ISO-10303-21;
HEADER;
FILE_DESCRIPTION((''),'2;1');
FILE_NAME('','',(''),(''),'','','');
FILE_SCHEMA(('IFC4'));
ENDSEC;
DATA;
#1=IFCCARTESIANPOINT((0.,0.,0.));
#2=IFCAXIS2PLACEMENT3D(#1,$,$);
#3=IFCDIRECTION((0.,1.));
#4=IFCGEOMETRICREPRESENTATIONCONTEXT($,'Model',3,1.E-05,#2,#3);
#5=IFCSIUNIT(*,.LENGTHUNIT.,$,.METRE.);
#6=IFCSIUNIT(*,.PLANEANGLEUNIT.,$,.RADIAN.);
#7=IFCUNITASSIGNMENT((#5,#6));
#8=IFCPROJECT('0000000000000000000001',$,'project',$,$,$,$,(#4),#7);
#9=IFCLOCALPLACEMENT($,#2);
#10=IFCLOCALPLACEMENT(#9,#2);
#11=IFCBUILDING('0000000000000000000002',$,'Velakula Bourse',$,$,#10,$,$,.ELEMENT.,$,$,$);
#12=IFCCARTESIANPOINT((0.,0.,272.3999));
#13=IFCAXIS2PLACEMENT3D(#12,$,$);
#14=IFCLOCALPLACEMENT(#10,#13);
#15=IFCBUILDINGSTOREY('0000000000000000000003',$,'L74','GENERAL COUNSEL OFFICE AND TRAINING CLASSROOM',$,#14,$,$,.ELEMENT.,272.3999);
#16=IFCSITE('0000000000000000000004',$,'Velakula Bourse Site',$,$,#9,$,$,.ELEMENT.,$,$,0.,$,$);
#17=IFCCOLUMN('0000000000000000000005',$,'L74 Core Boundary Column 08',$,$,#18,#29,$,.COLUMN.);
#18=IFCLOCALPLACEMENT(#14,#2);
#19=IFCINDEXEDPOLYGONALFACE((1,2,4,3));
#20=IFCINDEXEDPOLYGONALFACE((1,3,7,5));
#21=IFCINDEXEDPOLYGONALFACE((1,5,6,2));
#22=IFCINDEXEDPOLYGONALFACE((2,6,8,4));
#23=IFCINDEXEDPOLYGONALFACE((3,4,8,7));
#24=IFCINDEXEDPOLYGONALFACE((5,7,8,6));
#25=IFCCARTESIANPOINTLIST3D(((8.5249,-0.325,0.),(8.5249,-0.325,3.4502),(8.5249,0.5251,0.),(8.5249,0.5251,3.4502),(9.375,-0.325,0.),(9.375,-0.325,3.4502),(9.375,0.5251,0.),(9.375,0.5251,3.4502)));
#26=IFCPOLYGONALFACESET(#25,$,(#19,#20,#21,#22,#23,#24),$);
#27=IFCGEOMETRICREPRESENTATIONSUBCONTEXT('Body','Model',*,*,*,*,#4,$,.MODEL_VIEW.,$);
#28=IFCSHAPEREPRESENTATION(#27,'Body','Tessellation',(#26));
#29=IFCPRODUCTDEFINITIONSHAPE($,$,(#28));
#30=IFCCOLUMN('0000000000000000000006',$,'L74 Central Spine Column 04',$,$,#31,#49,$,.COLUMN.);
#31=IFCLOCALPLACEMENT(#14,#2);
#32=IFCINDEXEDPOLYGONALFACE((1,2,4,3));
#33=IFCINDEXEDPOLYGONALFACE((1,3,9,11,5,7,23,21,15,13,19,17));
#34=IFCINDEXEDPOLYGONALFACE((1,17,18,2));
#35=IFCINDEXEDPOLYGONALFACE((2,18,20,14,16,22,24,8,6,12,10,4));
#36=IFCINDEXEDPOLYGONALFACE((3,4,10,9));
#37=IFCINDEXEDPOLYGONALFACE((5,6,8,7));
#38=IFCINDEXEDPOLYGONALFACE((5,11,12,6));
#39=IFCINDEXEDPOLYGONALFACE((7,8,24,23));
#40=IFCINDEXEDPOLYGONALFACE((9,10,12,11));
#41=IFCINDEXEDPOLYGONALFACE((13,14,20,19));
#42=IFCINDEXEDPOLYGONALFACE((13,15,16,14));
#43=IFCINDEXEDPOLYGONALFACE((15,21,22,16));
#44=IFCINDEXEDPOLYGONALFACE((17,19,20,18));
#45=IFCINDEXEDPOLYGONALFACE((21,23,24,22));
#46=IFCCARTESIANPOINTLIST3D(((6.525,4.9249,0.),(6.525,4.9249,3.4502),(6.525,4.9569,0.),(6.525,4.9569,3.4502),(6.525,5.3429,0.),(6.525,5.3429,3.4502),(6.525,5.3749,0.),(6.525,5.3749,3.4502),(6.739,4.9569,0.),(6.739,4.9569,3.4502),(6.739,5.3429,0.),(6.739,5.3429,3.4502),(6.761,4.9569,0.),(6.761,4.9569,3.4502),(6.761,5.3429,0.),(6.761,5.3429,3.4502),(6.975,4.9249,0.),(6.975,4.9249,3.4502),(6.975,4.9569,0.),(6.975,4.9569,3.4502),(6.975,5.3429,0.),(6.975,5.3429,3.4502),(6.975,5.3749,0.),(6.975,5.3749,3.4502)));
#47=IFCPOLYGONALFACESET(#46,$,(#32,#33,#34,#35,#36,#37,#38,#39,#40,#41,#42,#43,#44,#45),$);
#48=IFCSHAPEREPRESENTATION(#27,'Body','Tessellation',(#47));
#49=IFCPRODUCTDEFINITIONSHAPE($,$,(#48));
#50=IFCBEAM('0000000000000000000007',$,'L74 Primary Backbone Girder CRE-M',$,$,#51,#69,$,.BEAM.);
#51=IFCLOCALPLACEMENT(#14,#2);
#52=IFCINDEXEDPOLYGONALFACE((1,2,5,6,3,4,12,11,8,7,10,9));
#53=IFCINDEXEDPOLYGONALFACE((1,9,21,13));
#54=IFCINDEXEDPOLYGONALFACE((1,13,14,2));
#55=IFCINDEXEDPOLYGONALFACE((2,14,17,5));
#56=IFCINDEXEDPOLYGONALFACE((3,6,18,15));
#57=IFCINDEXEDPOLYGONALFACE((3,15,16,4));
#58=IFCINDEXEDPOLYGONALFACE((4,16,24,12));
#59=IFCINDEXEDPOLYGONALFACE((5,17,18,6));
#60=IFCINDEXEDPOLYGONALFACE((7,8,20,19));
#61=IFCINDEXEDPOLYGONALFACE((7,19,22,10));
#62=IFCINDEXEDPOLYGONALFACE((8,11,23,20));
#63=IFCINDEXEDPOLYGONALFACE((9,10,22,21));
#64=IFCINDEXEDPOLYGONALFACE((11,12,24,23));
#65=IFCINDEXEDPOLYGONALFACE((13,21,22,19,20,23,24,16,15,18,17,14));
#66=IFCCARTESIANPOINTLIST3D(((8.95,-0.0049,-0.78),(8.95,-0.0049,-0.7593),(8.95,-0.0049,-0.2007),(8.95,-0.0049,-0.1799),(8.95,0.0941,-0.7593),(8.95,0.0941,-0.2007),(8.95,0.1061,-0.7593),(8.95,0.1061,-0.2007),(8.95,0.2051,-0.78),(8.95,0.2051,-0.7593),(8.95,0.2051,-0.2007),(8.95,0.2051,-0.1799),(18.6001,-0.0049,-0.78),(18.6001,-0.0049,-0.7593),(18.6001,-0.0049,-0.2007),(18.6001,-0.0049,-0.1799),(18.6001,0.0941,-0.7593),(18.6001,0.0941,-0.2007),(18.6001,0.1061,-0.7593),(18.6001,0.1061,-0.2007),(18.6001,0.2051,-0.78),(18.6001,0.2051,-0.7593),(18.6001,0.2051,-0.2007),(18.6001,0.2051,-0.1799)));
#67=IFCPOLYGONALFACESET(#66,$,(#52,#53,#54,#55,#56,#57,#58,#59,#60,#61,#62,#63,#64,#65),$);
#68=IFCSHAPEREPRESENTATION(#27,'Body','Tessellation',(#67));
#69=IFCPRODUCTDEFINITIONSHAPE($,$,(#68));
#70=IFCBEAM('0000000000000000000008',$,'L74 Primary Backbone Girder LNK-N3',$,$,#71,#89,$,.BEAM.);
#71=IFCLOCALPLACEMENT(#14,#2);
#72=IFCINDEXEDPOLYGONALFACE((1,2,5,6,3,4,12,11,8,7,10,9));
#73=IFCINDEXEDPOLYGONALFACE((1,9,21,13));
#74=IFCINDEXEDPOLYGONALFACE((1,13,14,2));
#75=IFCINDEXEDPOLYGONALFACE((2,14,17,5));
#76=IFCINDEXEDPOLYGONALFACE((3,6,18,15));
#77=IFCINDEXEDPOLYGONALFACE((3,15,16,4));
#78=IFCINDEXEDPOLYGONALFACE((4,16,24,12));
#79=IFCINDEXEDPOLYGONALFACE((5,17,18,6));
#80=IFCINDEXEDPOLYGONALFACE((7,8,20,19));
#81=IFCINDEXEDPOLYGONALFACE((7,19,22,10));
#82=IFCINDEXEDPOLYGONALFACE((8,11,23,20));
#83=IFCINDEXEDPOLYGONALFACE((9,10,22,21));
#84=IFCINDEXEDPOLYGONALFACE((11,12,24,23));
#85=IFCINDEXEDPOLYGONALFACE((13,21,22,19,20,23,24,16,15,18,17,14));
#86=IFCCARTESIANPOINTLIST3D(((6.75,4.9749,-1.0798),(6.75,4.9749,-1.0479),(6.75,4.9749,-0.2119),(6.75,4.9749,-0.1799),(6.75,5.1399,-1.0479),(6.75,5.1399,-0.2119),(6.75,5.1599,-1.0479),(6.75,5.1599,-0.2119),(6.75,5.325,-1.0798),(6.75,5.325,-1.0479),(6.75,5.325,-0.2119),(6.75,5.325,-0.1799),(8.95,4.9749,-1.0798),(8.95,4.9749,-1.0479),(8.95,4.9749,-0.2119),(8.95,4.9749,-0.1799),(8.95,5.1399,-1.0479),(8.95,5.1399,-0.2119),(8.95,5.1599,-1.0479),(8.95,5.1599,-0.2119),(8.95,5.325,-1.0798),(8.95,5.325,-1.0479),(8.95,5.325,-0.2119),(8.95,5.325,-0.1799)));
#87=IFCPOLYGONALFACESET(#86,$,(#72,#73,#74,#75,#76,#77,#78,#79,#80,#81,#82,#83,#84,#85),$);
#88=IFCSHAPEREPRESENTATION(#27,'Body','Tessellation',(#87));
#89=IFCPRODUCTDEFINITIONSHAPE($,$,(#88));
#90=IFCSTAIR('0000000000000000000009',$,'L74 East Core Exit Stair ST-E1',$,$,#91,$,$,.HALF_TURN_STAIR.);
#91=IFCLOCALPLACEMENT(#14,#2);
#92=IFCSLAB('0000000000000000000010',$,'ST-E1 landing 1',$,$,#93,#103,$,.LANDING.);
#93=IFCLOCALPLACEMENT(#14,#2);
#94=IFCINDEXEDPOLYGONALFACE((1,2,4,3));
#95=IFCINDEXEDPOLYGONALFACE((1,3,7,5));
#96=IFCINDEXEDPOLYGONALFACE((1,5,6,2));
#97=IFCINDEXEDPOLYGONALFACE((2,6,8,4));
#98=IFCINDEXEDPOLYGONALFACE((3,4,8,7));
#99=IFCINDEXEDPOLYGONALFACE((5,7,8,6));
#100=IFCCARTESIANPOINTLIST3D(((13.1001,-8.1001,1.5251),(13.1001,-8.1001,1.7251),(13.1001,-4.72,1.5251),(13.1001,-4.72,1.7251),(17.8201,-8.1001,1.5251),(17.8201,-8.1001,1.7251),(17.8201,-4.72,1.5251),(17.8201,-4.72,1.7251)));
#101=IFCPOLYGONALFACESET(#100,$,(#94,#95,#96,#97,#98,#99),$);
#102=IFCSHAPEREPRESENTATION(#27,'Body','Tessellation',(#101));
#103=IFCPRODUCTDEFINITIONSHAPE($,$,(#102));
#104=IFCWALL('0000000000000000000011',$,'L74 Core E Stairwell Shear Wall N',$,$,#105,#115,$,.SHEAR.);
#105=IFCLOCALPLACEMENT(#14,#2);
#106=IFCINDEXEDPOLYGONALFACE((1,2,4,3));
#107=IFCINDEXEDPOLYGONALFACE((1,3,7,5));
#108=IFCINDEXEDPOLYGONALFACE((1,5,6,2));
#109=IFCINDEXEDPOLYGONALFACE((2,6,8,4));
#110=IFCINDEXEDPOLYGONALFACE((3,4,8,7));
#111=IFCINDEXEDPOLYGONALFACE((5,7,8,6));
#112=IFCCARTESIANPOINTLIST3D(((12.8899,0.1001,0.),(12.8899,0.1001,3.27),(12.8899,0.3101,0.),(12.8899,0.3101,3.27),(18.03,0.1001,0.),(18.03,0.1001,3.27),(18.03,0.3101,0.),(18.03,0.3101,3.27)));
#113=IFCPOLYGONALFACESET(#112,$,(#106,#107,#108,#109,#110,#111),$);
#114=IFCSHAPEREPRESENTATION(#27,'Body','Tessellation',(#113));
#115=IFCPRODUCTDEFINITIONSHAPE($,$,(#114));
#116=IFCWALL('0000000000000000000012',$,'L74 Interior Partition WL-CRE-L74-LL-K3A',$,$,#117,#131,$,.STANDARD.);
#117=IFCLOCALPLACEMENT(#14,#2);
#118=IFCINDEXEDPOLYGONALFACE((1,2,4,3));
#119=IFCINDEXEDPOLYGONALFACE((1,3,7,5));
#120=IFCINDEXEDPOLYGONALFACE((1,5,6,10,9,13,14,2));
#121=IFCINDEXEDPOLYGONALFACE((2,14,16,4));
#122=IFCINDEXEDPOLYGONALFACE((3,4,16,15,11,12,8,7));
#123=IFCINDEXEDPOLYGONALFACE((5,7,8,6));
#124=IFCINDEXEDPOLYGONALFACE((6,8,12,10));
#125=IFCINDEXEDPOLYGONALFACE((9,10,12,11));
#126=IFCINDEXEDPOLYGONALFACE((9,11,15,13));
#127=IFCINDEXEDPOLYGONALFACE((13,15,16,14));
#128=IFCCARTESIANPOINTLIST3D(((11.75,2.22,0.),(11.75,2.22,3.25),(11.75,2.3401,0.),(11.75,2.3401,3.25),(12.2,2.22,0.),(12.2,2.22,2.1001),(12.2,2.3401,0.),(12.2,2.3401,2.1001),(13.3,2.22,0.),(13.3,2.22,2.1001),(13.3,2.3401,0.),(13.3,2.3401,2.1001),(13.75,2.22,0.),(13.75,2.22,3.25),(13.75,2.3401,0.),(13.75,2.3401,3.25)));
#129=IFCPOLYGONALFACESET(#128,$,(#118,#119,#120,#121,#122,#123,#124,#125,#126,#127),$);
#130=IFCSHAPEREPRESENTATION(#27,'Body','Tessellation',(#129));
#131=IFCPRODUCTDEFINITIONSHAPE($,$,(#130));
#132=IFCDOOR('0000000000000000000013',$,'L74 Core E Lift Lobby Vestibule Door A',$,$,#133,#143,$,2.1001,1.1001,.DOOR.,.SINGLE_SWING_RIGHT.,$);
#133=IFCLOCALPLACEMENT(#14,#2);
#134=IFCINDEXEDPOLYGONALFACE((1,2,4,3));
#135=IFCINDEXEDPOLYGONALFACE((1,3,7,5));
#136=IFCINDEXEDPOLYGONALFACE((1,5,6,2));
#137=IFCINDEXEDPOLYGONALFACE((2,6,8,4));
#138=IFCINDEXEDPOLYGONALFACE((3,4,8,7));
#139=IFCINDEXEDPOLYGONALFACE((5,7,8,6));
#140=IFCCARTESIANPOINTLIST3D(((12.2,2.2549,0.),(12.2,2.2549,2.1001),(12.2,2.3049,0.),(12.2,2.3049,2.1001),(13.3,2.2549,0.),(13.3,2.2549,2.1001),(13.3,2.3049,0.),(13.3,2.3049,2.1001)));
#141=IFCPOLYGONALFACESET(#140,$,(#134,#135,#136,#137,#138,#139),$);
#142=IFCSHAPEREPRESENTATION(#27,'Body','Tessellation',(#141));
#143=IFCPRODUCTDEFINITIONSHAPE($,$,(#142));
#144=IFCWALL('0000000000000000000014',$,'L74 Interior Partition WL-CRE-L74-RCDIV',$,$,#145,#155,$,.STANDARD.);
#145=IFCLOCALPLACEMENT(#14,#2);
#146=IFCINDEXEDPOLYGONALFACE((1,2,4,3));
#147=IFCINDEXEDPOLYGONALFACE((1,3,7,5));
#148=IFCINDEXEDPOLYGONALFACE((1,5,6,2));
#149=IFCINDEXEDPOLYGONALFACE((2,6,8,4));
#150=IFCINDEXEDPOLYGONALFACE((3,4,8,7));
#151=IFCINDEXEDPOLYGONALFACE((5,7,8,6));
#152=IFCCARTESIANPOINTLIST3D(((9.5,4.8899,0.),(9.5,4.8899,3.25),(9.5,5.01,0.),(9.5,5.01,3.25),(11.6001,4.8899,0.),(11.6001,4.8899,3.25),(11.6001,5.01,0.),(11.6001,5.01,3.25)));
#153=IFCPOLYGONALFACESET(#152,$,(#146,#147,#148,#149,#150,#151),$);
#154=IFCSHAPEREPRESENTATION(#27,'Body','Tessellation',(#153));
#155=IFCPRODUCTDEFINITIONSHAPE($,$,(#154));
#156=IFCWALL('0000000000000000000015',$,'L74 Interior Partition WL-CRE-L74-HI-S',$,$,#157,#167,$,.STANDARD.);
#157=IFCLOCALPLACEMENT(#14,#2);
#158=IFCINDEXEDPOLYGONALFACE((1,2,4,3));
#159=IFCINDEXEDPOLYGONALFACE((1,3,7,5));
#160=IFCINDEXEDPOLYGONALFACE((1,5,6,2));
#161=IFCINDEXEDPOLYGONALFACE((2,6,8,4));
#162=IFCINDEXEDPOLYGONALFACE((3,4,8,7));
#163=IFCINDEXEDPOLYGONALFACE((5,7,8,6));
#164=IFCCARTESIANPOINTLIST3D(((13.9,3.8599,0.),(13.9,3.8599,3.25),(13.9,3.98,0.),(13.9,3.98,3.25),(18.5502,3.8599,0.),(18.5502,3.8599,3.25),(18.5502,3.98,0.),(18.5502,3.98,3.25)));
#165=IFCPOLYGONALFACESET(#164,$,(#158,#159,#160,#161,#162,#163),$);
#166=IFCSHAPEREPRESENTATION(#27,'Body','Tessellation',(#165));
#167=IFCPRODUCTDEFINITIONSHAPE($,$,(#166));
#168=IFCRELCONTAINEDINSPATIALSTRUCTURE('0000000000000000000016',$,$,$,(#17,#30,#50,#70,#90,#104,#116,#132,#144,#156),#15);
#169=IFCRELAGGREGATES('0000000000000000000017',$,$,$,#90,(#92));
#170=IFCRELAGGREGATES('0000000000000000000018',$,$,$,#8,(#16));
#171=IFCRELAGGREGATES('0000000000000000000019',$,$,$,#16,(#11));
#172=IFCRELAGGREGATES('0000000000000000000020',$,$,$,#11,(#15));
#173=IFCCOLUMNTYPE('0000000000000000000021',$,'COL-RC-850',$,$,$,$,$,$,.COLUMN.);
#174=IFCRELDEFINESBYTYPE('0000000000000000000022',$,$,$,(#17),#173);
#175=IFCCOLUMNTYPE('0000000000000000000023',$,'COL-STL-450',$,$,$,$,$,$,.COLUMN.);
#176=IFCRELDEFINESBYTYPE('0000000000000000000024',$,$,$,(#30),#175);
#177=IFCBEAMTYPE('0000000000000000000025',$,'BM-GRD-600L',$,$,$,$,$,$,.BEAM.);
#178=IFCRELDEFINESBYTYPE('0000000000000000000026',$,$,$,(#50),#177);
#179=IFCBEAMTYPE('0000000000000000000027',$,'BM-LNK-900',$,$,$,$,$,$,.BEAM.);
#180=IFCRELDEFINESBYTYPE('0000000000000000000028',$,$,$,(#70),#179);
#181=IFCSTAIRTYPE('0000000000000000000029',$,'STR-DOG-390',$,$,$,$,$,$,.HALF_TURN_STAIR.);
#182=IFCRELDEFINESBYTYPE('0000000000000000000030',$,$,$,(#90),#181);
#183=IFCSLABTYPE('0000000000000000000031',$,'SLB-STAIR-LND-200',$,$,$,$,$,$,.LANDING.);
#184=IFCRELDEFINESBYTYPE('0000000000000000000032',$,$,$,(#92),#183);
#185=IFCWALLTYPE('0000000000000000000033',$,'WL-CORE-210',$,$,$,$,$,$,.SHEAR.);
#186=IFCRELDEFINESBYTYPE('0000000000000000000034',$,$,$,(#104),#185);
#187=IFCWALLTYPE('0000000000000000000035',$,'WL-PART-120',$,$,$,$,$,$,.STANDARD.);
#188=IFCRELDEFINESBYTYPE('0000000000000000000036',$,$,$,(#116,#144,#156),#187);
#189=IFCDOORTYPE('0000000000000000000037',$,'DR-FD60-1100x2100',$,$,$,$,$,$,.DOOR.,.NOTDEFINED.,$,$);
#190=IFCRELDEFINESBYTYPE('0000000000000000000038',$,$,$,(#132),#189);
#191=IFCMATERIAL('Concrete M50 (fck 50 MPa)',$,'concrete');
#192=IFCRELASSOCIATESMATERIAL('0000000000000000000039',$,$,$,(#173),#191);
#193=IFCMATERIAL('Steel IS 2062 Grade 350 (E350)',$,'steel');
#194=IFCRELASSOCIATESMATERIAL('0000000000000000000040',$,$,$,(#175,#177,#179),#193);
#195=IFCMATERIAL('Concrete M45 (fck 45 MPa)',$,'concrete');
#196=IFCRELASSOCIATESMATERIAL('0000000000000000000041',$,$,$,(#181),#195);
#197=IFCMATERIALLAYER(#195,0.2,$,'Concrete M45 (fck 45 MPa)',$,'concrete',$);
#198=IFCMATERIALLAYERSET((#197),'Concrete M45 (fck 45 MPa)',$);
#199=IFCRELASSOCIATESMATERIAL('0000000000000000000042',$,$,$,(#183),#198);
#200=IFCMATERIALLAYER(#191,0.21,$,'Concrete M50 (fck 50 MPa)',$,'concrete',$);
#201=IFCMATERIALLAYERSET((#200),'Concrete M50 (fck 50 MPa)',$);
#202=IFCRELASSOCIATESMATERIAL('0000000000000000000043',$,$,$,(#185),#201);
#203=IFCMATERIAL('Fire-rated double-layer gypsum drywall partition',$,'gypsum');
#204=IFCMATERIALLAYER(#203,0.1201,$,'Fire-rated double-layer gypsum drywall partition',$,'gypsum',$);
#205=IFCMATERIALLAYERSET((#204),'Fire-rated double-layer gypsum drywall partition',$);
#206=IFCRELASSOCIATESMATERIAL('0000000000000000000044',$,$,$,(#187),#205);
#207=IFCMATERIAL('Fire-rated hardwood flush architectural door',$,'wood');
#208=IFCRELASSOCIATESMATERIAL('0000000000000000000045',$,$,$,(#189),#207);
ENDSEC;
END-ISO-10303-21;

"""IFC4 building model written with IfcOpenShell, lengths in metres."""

from ifc_helpers import new_model, si_unit, direction, frame, frame_2d, origin, origin_2d, place, context, subcontext, project, spatial, polyline, rectangle, i_section, outline, extrude, material, layer, layer_set, material_profile, profile_set, type_object, element, fill, aggregate, save


model = new_model("IFC4")

# Units and contexts
model_context = context("Model", 3, precision=1e-05, world=origin(), true_north=direction((0.0, 1.0)))
body_context = subcontext(model_context, "Body", "Model", "MODEL_VIEW")
ifc_project = project(units=[si_unit("LENGTHUNIT", "METRE"), si_unit("PLANEANGLEUNIT", "RADIAN")], contexts=[model_context])

# Site, building, storey
site_placement = place(None, origin())
site = spatial("IfcSite", under=ifc_project, at=site_placement, Name="Velakula Bourse Site", CompositionType="ELEMENT", RefElevation=0.0)
building_placement = place(site_placement, origin())
building = spatial("IfcBuilding", under=site, at=building_placement, Name="Velakula Bourse", CompositionType="ELEMENT")
storey_placement = place(building_placement, frame((0.0, 0.0, 272.3999)))
storey = spatial("IfcBuildingStorey", under=building, at=storey_placement, Name="L74", Description="GENERAL COUNSEL OFFICE AND TRAINING CLASSROOM", CompositionType="ELEMENT", Elevation=272.3999)

# Columns
ifc_material_1 = material(Name="Concrete M50 (fck 50 MPa)", Category="concrete")
ifc_material_profile_1 = material_profile(ifc_material_1, rectangle(XDim=0.8501, YDim=0.8501, at=origin_2d()), Name="Concrete M50 (fck 50 MPa)")
ifc_profile_set_1 = profile_set([ifc_material_profile_1], Name="Concrete M50 (fck 50 MPa)")
column_type_1 = type_object("IfcColumnType", Name="COL-RC-850", PredefinedType="COLUMN", material=ifc_profile_set_1)
column_1_placement = place(storey_placement, frame((8.95, 0.1001, 0.0), z_axis=(0.0, 0.0, 1.0), x_axis=(1.0, 0.0, 0.0)))
element("IfcColumn", 1, at=column_1_placement, inside=storey, type_object=column_type_1, Name="L74 Core Boundary Column 08", PredefinedType="COLUMN", context=body_context, shape_type="SweptSolid", body=[
    extrude(rectangle(XDim=0.8501, YDim=0.8501, at=origin_2d()), origin(), (0.0, 0.0, 1.0), 3.4502),
])
ifc_material_2 = material(Name="Steel IS 2062 Grade 350 (E350)", Category="steel")
ifc_material_profile_2 = material_profile(ifc_material_2, i_section(OverallWidth=0.45, OverallDepth=0.45, WebThickness=0.022, FlangeThickness=0.032, at=origin_2d()), Name="Steel IS 2062 Grade 350 (E350)")
ifc_profile_set_2 = profile_set([ifc_material_profile_2], Name="Steel IS 2062 Grade 350 (E350)")
column_type_2 = type_object("IfcColumnType", Name="COL-STL-450", PredefinedType="COLUMN", material=ifc_profile_set_2)
column_2_placement = place(storey_placement, frame((6.75, 5.1499, 0.0), z_axis=(0.0, 0.0, 1.0), x_axis=(1.0, 0.0, 0.0)))
element("IfcColumn", 2, at=column_2_placement, inside=storey, type_object=column_type_2, Name="L74 Central Spine Column 04", PredefinedType="COLUMN", context=body_context, shape_type="SweptSolid", body=[
    extrude(i_section(OverallWidth=0.45, OverallDepth=0.45, WebThickness=0.022, FlangeThickness=0.032, at=origin_2d()), origin(), (0.0, 0.0, 1.0), 3.4502),
])

# Beams
ifc_material_profile_3 = material_profile(ifc_material_2, i_section(OverallWidth=0.21, OverallDepth=0.6001, WebThickness=0.012, FlangeThickness=0.0208, at=origin_2d()), Name="Steel IS 2062 Grade 350 (E350)")
ifc_profile_set_3 = profile_set([ifc_material_profile_3], Name="Steel IS 2062 Grade 350 (E350)")
beam_type_1 = type_object("IfcBeamType", Name="BM-GRD-600L", PredefinedType="BEAM", material=ifc_profile_set_3)
beam_1_placement = place(storey_placement, frame((8.95, 0.1001, -0.48), z_axis=(1.0, 0.0, 0.0), x_axis=(0.0, 1.0, 0.0)))
element("IfcBeam", 3, at=beam_1_placement, inside=storey, type_object=beam_type_1, Name="L74 Primary Backbone Girder CRE-M", PredefinedType="BEAM", context=body_context, shape_type="SweptSolid", body=[
    extrude(i_section(OverallWidth=0.21, OverallDepth=0.6001, WebThickness=0.012, FlangeThickness=0.0208, at=origin_2d()), origin(), (0.0, 0.0, 1.0), 9.6501),
])
ifc_material_profile_4 = material_profile(ifc_material_2, i_section(OverallWidth=0.3501, OverallDepth=0.8999, WebThickness=0.02, FlangeThickness=0.032, at=origin_2d()), Name="Steel IS 2062 Grade 350 (E350)")
ifc_profile_set_4 = profile_set([ifc_material_profile_4], Name="Steel IS 2062 Grade 350 (E350)")
beam_type_2 = type_object("IfcBeamType", Name="BM-LNK-900", PredefinedType="BEAM", material=ifc_profile_set_4)
beam_2_placement = place(storey_placement, frame((6.75, 5.1499, -0.6299), z_axis=(1.0, 0.0, 0.0), x_axis=(0.0, 1.0, 0.0)))
element("IfcBeam", 4, at=beam_2_placement, inside=storey, type_object=beam_type_2, Name="L74 Primary Backbone Girder LNK-N3", PredefinedType="BEAM", context=body_context, shape_type="SweptSolid", body=[
    extrude(i_section(OverallWidth=0.3501, OverallDepth=0.8999, WebThickness=0.02, FlangeThickness=0.032, at=origin_2d()), origin(), (0.0, 0.0, 1.0), 2.2),
])

# Stair, slab
ifc_material_3 = material(Name="Concrete M45 (fck 45 MPa)", Category="concrete")
stair_type = type_object("IfcStairType", Name="STR-DOG-390", PredefinedType="HALF_TURN_STAIR", material=ifc_material_3)
stair_placement = place(storey_placement, origin())
stair = element("IfcStair", 5, at=stair_placement, inside=storey, type_object=stair_type, Name="L74 East Core Exit Stair ST-E1", PredefinedType="HALF_TURN_STAIR")
ifc_layer_1 = layer(ifc_material_3, 0.2, Name="Concrete M45 (fck 45 MPa)", Category="concrete")
ifc_layer_set_1 = layer_set([ifc_layer_1], Name="Concrete M45 (fck 45 MPa)")
slab_type = type_object("IfcSlabType", Name="SLB-STAIR-LND-200", PredefinedType="LANDING", material=ifc_layer_set_1)
slab_placement = place(storey_placement, frame((0.0, 0.0, 1.5251)))
slab = element("IfcSlab", 6, at=slab_placement, type_object=slab_type, Name="ST-E1 landing 1", PredefinedType="LANDING", context=body_context, shape_type="SweptSolid", body=[
    extrude(outline(polyline([(13.1001, -4.72), (13.1001, -8.1001), (17.8201, -8.1001), (17.8201, -4.72), (13.1001, -4.72)])), origin(), (0.0, 0.0, 1.0), 0.2),
])
aggregate(stair, [slab])

# Wall
ifc_layer_2 = layer(ifc_material_1, 0.21, Name="Concrete M50 (fck 50 MPa)", Category="concrete")
ifc_layer_set_2 = layer_set([ifc_layer_2], Name="Concrete M50 (fck 50 MPa)")
wall_type_1 = type_object("IfcWallType", Name="WL-CORE-210", PredefinedType="SHEAR", material=ifc_layer_set_2)
wall_1_placement = place(storey_placement, frame((18.03, 0.2051, 0.0), z_axis=(0.0, 0.0, 1.0), x_axis=(-1.0, 0.0, 0.0)))
element("IfcWall", 7, at=wall_1_placement, inside=storey, type_object=wall_type_1, Name="L74 Core E Stairwell Shear Wall N", PredefinedType="SHEAR", context=body_context, shape_type="SweptSolid", body=[
    extrude(rectangle(XDim=5.1401, YDim=0.21, at=frame_2d((2.5701, 0.0))), origin(), (0.0, 0.0, 1.0), 3.27),
])

# Wall, opening, door
ifc_material_4 = material(Name="Fire-rated double-layer gypsum drywall partition", Category="gypsum")
ifc_layer_3 = layer(ifc_material_4, 0.1201, Name="Fire-rated double-layer gypsum drywall partition", Category="gypsum")
ifc_layer_set_3 = layer_set([ifc_layer_3], Name="Fire-rated double-layer gypsum drywall partition")
wall_type_2 = type_object("IfcWallType", Name="WL-PART-120", PredefinedType="STANDARD", material=ifc_layer_set_3)
wall_2_placement = place(storey_placement, frame((11.75, 2.28, 0.0), z_axis=(0.0, 0.0, 1.0), x_axis=(1.0, 0.0, 0.0)))
wall_2 = element("IfcWall", 8, at=wall_2_placement, inside=storey, type_object=wall_type_2, Name="L74 Interior Partition WL-CRE-L74-LL-K3A", PredefinedType="STANDARD", context=body_context, shape_type="SweptSolid", body=[
    extrude(rectangle(XDim=2.0, YDim=0.1201, at=frame_2d((1.0, 0.0))), origin(), (0.0, 0.0, 1.0), 3.25),
])
opening_1_placement = place(wall_2_placement, frame((0.45, 0.0, 0.0)))
opening_1 = element("IfcOpeningElement", 9, at=opening_1_placement, cuts=wall_2, PredefinedType="OPENING", context=body_context, shape_type="SweptSolid", body=[
    extrude(rectangle(XDim=1.1001, YDim=2.1001, at=frame_2d((0.55, 1.05))), frame((0.0, 0.0701, 0.0), z_axis=(0.0, -1.0, 0.0), x_axis=(1.0, 0.0, 0.0)), (0.0, 0.0, 1.0), 0.1401),
])
ifc_material_5 = material(Name="Fire-rated hardwood flush architectural door", Category="wood")
door_type_1 = type_object("IfcDoorType", Name="DR-FD60-1100x2100", OperationType="NOTDEFINED", PredefinedType="DOOR", material=ifc_material_5)
door_1_placement = place(opening_1_placement, origin())
door_1 = element("IfcDoor", 10, at=door_1_placement, inside=storey, type_object=door_type_1, Name="L74 Core E Lift Lobby Vestibule Door A", OperationType="SINGLE_SWING_RIGHT", OverallHeight=2.1001, OverallWidth=1.1001, PredefinedType="DOOR", context=body_context, shape_type="SweptSolid", body=[
    extrude(rectangle(XDim=1.1001, YDim=2.1001, at=frame_2d((0.55, 1.05))), frame((0.0, 0.0249, 0.0), z_axis=(0.0, -1.0, 0.0), x_axis=(1.0, 0.0, 0.0)), (0.0, 0.0, 1.0), 0.05),
])
fill(opening_1, door_1)

# Walls
wall_3_placement = place(storey_placement, frame((9.5, 4.95, 0.0), z_axis=(0.0, 0.0, 1.0), x_axis=(1.0, 0.0, 0.0)))
element("IfcWall", 11, at=wall_3_placement, inside=storey, type_object=wall_type_2, Name="L74 Interior Partition WL-CRE-L74-RCDIV", PredefinedType="STANDARD", context=body_context, shape_type="SweptSolid", body=[
    extrude(rectangle(XDim=2.1001, YDim=0.1201, at=frame_2d((1.05, 0.0))), origin(), (0.0, 0.0, 1.0), 3.25),
])
wall_4_placement = place(storey_placement, frame((13.8999, 3.9199, 0.0), z_axis=(0.0, 0.0, 1.0), x_axis=(1.0, 0.0, 0.0)))
element("IfcWall", 12, at=wall_4_placement, inside=storey, type_object=wall_type_2, Name="L74 Interior Partition WL-CRE-L74-HI-S", PredefinedType="STANDARD", context=body_context, shape_type="SweptSolid", body=[
    extrude(rectangle(XDim=4.6501, YDim=0.1201, at=frame_2d((2.3252, 0.0))), origin(), (0.0, 0.0, 1.0), 3.25),
])

save(model, "model.ifc")
